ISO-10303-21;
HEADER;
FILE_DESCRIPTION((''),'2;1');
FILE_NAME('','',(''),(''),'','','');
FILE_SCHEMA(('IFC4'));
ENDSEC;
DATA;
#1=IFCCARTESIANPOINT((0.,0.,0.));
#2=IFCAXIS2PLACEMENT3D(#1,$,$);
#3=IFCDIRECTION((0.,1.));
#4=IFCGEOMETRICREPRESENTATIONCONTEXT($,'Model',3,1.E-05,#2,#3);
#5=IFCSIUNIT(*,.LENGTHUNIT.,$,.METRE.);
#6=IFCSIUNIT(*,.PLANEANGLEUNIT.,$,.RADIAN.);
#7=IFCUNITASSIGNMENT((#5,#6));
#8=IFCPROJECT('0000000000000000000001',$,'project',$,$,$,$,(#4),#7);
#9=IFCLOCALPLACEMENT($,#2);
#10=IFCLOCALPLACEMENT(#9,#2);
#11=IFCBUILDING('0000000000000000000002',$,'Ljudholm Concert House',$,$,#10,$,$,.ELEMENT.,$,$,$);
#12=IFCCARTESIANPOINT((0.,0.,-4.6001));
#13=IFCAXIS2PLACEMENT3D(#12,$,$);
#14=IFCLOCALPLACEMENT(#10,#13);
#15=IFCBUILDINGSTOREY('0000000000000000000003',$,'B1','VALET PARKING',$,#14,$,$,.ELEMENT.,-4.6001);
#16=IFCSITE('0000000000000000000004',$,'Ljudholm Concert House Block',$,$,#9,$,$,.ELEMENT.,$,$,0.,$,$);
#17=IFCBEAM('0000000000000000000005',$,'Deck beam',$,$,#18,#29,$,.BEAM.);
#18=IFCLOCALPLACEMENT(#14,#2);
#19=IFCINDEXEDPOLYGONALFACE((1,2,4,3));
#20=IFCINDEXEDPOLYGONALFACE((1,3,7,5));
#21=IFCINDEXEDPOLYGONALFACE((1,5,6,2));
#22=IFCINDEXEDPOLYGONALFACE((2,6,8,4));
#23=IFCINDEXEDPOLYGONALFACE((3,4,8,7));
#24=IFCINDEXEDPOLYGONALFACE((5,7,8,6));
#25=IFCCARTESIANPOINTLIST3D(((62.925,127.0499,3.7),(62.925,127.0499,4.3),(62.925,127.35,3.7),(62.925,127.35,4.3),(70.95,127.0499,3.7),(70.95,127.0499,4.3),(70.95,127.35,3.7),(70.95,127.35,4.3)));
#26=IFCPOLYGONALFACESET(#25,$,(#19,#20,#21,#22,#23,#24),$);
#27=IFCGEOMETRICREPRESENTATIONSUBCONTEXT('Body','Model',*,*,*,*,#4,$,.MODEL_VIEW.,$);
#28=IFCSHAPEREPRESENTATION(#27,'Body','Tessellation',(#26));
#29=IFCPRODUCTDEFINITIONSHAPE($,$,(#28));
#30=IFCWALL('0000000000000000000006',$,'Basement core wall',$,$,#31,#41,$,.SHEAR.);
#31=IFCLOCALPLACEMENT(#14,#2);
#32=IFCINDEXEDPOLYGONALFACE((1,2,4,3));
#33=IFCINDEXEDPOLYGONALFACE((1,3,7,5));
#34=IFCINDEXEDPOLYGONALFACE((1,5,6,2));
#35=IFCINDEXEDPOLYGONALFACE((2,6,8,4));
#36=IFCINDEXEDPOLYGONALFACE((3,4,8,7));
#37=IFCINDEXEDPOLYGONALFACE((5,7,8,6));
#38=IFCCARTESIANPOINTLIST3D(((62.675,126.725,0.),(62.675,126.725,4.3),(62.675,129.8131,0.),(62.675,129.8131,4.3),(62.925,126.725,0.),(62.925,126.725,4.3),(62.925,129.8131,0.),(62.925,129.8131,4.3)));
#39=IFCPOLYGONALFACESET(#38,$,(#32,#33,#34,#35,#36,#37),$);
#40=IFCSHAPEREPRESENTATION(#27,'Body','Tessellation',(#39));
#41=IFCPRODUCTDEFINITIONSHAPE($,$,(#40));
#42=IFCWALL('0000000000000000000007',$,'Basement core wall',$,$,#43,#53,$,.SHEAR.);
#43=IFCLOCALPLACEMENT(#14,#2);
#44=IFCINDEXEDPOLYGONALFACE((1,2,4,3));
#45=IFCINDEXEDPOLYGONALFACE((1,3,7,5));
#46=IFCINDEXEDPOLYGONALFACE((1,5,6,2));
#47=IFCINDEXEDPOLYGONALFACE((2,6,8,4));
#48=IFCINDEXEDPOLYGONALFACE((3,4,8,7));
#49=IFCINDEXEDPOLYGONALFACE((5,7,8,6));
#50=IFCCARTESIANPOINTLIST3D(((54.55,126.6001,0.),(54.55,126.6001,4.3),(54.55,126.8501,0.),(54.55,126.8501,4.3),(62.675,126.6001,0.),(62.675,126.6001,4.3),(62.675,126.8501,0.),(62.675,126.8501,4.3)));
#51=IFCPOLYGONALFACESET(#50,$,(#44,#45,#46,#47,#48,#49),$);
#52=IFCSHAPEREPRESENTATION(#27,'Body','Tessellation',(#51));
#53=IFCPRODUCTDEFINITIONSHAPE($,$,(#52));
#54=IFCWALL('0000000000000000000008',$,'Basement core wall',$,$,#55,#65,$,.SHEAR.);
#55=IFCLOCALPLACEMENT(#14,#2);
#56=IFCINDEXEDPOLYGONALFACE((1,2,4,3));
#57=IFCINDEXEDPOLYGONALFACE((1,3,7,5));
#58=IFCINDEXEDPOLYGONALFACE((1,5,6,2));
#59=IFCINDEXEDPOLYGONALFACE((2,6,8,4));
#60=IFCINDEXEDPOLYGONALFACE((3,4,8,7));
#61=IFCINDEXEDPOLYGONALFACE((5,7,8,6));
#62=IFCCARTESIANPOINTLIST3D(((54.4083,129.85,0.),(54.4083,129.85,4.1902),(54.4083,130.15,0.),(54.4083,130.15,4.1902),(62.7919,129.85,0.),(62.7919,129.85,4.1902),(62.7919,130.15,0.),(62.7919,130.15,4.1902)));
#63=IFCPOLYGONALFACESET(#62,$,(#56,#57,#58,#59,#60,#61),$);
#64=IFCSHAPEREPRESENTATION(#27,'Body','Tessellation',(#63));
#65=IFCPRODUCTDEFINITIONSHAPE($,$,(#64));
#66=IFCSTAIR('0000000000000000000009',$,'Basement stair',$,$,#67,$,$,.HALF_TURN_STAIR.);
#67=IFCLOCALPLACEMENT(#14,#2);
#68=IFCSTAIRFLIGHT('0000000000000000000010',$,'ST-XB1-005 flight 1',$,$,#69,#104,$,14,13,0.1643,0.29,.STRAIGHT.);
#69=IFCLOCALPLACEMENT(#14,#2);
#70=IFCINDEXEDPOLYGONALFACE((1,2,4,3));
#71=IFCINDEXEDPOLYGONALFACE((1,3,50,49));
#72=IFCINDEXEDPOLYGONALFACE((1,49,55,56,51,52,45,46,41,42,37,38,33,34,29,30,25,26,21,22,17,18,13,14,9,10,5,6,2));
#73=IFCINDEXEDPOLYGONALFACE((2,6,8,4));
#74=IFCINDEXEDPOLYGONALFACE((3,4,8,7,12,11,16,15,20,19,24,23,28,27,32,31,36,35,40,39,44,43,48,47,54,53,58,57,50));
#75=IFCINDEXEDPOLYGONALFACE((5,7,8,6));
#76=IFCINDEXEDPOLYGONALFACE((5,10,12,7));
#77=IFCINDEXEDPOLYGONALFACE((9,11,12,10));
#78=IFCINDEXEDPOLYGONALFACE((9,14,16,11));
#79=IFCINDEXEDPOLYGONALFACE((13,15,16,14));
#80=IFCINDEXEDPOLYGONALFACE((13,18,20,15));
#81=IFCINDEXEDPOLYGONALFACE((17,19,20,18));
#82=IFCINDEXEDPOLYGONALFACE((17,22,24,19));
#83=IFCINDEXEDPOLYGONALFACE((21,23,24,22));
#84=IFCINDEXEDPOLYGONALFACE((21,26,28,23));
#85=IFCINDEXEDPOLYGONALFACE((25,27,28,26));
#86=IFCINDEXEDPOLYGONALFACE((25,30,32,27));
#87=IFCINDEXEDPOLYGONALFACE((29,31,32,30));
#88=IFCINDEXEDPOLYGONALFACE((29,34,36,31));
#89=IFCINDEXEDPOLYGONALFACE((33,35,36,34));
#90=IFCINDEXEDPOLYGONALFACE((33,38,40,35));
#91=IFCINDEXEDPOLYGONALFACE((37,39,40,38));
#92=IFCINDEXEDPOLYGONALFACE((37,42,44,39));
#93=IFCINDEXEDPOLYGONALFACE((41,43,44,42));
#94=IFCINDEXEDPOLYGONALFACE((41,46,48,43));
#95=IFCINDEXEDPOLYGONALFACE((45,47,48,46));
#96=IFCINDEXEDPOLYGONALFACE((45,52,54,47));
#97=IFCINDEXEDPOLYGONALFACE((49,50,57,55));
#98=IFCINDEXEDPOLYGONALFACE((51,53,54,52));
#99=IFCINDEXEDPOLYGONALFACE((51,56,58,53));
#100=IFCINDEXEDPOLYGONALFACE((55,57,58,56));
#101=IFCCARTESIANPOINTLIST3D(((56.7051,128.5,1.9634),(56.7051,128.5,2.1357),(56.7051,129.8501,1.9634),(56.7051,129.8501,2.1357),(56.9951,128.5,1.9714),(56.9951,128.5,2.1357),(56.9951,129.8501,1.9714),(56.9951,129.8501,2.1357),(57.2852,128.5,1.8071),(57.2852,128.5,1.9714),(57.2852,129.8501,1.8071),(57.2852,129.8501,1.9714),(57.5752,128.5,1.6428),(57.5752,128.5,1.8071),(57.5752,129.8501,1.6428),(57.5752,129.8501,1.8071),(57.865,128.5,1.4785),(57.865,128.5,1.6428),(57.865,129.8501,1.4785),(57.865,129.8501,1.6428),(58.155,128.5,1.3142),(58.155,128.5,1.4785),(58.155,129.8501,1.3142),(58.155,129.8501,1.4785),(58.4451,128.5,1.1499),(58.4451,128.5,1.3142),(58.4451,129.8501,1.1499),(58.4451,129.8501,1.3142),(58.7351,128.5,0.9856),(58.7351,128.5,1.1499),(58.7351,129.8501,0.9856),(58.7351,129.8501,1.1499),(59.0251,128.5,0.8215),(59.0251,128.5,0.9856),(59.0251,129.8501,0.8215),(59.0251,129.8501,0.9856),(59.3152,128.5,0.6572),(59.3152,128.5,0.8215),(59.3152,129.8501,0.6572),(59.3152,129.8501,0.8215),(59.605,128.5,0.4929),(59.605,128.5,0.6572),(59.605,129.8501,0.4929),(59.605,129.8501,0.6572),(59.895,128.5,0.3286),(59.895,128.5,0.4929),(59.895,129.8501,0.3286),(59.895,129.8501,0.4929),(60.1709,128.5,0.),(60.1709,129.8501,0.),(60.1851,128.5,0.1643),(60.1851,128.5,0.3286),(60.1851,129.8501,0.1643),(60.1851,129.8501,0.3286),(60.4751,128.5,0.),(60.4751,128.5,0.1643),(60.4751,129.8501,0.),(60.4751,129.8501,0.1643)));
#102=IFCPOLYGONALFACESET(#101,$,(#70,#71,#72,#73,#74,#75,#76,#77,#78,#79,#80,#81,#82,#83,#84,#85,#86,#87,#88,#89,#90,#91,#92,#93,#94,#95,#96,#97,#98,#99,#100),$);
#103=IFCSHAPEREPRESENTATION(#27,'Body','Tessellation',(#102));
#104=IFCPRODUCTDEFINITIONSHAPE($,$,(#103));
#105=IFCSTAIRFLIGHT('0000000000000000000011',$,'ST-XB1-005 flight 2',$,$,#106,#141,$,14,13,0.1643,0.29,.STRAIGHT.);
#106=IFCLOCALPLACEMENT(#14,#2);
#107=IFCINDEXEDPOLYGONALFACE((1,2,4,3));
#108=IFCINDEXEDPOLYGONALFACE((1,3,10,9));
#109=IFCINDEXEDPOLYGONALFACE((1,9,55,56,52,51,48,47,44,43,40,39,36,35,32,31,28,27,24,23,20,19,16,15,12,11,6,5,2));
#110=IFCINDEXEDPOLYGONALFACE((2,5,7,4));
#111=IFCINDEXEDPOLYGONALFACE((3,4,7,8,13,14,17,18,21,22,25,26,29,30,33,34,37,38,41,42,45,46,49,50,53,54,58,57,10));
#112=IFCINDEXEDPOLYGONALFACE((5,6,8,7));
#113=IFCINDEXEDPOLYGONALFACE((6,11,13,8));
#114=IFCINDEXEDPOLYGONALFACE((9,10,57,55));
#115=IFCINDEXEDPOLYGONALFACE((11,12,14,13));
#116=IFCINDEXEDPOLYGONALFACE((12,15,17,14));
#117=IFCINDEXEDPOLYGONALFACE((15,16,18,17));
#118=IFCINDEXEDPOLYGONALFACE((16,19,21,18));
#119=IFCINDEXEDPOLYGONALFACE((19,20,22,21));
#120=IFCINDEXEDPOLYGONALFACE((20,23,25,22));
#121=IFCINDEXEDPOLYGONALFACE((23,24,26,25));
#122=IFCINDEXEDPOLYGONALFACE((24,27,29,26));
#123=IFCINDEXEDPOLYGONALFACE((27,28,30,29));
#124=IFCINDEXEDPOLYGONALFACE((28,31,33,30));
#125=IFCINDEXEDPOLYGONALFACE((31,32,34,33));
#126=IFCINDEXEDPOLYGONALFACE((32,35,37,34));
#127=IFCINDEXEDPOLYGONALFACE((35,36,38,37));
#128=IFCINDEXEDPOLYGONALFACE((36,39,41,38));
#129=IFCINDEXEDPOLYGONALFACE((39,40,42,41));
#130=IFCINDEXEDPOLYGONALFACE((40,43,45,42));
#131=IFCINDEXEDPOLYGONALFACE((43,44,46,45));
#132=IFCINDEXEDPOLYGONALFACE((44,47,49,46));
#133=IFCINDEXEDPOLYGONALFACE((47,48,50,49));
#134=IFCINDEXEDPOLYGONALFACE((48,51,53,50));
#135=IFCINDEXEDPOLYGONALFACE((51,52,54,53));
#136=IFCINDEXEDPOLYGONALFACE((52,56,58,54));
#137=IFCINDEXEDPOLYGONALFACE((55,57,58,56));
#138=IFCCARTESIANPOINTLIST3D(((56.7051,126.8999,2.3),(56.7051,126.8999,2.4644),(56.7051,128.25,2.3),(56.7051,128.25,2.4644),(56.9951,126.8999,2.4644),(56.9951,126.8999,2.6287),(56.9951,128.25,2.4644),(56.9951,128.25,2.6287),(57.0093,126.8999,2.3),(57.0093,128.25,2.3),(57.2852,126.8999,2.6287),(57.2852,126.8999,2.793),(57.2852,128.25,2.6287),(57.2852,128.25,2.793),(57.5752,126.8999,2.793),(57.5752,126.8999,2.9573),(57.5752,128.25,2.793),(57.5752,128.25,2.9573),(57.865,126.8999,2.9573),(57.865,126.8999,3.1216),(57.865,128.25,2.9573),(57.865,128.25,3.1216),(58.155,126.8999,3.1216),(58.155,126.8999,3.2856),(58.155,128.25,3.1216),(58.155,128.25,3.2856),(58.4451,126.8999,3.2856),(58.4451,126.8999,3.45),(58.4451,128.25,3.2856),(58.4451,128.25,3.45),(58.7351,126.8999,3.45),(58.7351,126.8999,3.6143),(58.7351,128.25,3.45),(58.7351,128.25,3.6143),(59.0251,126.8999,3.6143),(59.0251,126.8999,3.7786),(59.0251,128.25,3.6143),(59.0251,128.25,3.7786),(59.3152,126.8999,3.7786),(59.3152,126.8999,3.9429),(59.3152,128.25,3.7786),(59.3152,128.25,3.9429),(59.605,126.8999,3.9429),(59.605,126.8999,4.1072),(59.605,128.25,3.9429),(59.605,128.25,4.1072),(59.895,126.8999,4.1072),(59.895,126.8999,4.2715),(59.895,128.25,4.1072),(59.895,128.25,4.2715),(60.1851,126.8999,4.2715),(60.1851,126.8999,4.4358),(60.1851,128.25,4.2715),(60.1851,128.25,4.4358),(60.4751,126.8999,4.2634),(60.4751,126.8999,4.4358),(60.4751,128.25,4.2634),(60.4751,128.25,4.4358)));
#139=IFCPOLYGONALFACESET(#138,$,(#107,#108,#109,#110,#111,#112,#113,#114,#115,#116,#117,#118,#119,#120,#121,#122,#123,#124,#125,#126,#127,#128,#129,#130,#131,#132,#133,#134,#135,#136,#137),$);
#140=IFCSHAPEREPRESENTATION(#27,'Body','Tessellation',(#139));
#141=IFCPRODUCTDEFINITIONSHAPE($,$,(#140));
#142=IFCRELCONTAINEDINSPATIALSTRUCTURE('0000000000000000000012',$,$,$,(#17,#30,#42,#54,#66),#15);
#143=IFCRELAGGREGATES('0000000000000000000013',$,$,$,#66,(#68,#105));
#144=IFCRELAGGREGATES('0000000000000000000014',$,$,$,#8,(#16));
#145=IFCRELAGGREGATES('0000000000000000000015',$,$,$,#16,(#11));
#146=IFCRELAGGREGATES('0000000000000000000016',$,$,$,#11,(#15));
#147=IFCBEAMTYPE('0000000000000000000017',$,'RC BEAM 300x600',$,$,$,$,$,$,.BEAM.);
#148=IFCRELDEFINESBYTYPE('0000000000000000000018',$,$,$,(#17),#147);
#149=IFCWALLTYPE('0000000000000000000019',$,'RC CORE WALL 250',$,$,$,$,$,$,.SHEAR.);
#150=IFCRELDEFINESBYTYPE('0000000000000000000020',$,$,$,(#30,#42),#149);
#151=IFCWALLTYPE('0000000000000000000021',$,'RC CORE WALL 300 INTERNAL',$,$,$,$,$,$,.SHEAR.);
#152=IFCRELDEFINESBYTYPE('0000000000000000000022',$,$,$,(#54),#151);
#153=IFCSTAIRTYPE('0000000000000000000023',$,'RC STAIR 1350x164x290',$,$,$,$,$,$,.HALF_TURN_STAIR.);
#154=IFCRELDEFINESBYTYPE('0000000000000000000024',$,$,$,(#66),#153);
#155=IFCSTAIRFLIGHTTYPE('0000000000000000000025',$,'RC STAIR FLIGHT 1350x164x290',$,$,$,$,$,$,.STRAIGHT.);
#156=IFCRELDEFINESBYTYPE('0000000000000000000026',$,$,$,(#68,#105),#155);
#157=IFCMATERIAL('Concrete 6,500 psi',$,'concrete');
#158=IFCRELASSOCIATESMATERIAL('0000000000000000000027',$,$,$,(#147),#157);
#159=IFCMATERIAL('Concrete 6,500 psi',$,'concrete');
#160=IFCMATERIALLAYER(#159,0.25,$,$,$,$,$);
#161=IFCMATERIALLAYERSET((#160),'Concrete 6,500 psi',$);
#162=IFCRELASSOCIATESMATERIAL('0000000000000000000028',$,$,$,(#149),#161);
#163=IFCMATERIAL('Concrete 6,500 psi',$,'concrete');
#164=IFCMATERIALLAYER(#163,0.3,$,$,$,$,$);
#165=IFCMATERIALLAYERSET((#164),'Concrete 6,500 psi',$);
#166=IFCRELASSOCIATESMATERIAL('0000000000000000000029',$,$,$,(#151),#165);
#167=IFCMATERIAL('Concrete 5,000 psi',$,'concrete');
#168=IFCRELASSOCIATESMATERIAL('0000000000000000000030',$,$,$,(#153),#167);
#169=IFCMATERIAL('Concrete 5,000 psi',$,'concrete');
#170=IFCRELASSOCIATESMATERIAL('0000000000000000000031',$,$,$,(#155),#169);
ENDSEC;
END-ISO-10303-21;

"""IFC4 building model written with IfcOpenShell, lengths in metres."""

from ifc_helpers import new_model, si_unit, direction, frame, frame_2d, origin, origin_2d, place, context, subcontext, project, spatial, polyline, rectangle, outline, extrude, material, layer, layer_set, material_profile, profile_set, type_object, element, aggregate, save


model = new_model("IFC4")

# Units and contexts
model_context = context("Model", 3, precision=1e-05, world=origin(), true_north=direction((0.0, 1.0)))
body_context = subcontext(model_context, "Body", "Model", "MODEL_VIEW")
ifc_project = project(units=[si_unit("LENGTHUNIT", "METRE"), si_unit("PLANEANGLEUNIT", "RADIAN")], contexts=[model_context])

# Site, building, storey
site_placement = place(None, origin())
site = spatial("IfcSite", under=ifc_project, at=site_placement, Name="Ljudholm Concert House Block", CompositionType="ELEMENT", RefElevation=0.0)
building_placement = place(site_placement, origin())
building = spatial("IfcBuilding", under=site, at=building_placement, Name="Ljudholm Concert House", CompositionType="ELEMENT")
storey_placement = place(building_placement, frame((0.0, 0.0, -4.6001)))
storey = spatial("IfcBuildingStorey", under=building, at=storey_placement, Name="B1", Description="VALET PARKING", CompositionType="ELEMENT", Elevation=-4.6001)

# Beam
ifc_material_1 = material(Name="Concrete 6,500 psi", Category="concrete")
ifc_material_profile_1 = material_profile(ifc_material_1, rectangle(XDim=0.3, YDim=0.6001, at=origin_2d()), Name="RC BEAM 300x600")
ifc_profile_set_1 = profile_set([ifc_material_profile_1], Name="Concrete 6,500 psi")
beam_type = type_object("IfcBeamType", Name="RC BEAM 300x600", PredefinedType="BEAM", material=ifc_profile_set_1)
beam_1_placement = place(storey_placement, frame((62.925, 127.2, 4.0), z_axis=(1.0, 0.0, 0.0), x_axis=(0.0, 1.0, 0.0)))
element("IfcBeam", 1, at=beam_1_placement, inside=storey, type_object=beam_type, Name="Deck beam", PredefinedType="BEAM", context=body_context, shape_type="SweptSolid", body=[
    extrude(rectangle(XDim=0.3, YDim=0.6001, at=origin_2d()), origin(), (0.0, 0.0, 1.0), 8.0249),
])

# Walls
ifc_material_2 = material(Name="Concrete 6,500 psi", Category="concrete")
ifc_layer_1 = layer(ifc_material_2, 0.25)
ifc_layer_set_1 = layer_set([ifc_layer_1], Name="Concrete 6,500 psi")
wall_type_1 = type_object("IfcWallType", Name="RC CORE WALL 250", PredefinedType="SHEAR", material=ifc_layer_set_1)
wall_1_placement = place(storey_placement, frame((62.8, 126.7251, 0.0), z_axis=(0.0, 0.0, 1.0), x_axis=(0.0, 1.0, 0.0)))
element("IfcWall", 2, at=wall_1_placement, inside=storey, type_object=wall_type_1, Name="Basement core wall", PredefinedType="SHEAR", context=body_context, shape_type="SweptSolid", body=[
    extrude(rectangle(XDim=3.0881, YDim=0.25, at=frame_2d((1.5439, 0.0))), origin(), (0.0, 0.0, 1.0), 4.3),
])
wall_2_placement = place(storey_placement, frame((54.55, 126.7251, 0.0), z_axis=(0.0, 0.0, 1.0), x_axis=(1.0, 0.0, 0.0)))
element("IfcWall", 3, at=wall_2_placement, inside=storey, type_object=wall_type_1, Name="Basement core wall", PredefinedType="SHEAR", context=body_context, shape_type="SweptSolid", body=[
    extrude(rectangle(XDim=8.125, YDim=0.25, at=frame_2d((4.0625, 0.0))), origin(), (0.0, 0.0, 1.0), 4.3),
])
ifc_material_3 = material(Name="Concrete 6,500 psi", Category="concrete")
ifc_layer_2 = layer(ifc_material_3, 0.3)
ifc_layer_set_2 = layer_set([ifc_layer_2], Name="Concrete 6,500 psi")
wall_type_2 = type_object("IfcWallType", Name="RC CORE WALL 300 INTERNAL", PredefinedType="SHEAR", material=ifc_layer_set_2)
wall_3_placement = place(storey_placement, frame((54.4082, 130.0, 0.0), z_axis=(0.0, 0.0, 1.0), x_axis=(1.0, 0.0, 0.0)))
element("IfcWall", 4, at=wall_3_placement, inside=storey, type_object=wall_type_2, Name="Basement core wall", PredefinedType="SHEAR", context=body_context, shape_type="SweptSolid", body=[
    extrude(rectangle(XDim=8.3835, YDim=0.3, at=frame_2d((4.1919, 0.0))), origin(), (0.0, 0.0, 1.0), 4.1902),
])

# Stair, stair flights
ifc_material_4 = material(Name="Concrete 5,000 psi", Category="concrete")
stair_type = type_object("IfcStairType", Name="RC STAIR 1350x164x290", PredefinedType="HALF_TURN_STAIR", material=ifc_material_4)
stair_placement = place(storey_placement, origin())
stair = element("IfcStair", 5, at=stair_placement, inside=storey, type_object=stair_type, Name="Basement stair", PredefinedType="HALF_TURN_STAIR")
ifc_material_5 = material(Name="Concrete 5,000 psi", Category="concrete")
stair_flight_type = type_object("IfcStairFlightType", Name="RC STAIR FLIGHT 1350x164x290", PredefinedType="STRAIGHT", material=ifc_material_5)
stair_flight_1_placement = place(storey_placement, frame((60.4751, 129.175, 0.0), z_axis=(0.0, 0.0, 1.0), x_axis=(-1.0, 0.0, 0.0)))
stair_flight_1 = element("IfcStairFlight", 6, at=stair_flight_1_placement, type_object=stair_flight_type, Name="ST-XB1-005 flight 1", NumberOfRisers=14, NumberOfTreads=13, PredefinedType="STRAIGHT", RiserHeight=0.1643, TreadLength=0.29, context=body_context, shape_type="SweptSolid", body=[
    extrude(outline(polyline([(0.0, 0.0), (0.0, 0.1643), (0.29, 0.1643), (0.29, 0.3286), (0.5801, 0.3286), (0.5801, 0.4929), (0.8701, 0.4929), (0.8701, 0.6572), (1.1599, 0.6572), (1.1599, 0.8215), (1.45, 0.8215), (1.45, 0.9856), (1.74, 0.9856), (1.74, 1.1499), (2.03, 1.1499), (2.03, 1.3142), (2.3201, 1.3142), (2.3201, 1.4785), (2.6101, 1.4785), (2.6101, 1.6428), (2.8999, 1.6428), (2.8999, 1.8071), (3.1899, 1.8071), (3.1899, 1.9714), (3.48, 1.9714), (3.48, 2.1357), (3.77, 2.1357), (3.77, 2.3), (3.77, 1.9634), (0.3042, 0.0), (0.0, 0.0)])), frame((0.0, 0.675, 0.0), z_axis=(0.0, -1.0, 0.0), x_axis=(1.0, 0.0, 0.0)), (0.0, 0.0, 1.0), 1.3501),
])
stair_flight_2_placement = place(storey_placement, frame((56.7051, 127.575, 2.3), z_axis=(0.0, 0.0, 1.0), x_axis=(1.0, 0.0, 0.0)))
stair_flight_2 = element("IfcStairFlight", 7, at=stair_flight_2_placement, type_object=stair_flight_type, Name="ST-XB1-005 flight 2", NumberOfRisers=14, NumberOfTreads=13, PredefinedType="STRAIGHT", RiserHeight=0.1643, TreadLength=0.29, context=body_context, shape_type="SweptSolid", body=[
    extrude(outline(polyline([(0.0, 0.0), (0.0, 0.1643), (0.29, 0.1643), (0.29, 0.3286), (0.5801, 0.3286), (0.5801, 0.4929), (0.8701, 0.4929), (0.8701, 0.6572), (1.1599, 0.6572), (1.1599, 0.8215), (1.45, 0.8215), (1.45, 0.9856), (1.74, 0.9856), (1.74, 1.1499), (2.03, 1.1499), (2.03, 1.3142), (2.3201, 1.3142), (2.3201, 1.4785), (2.6101, 1.4785), (2.6101, 1.6428), (2.8999, 1.6428), (2.8999, 1.8071), (3.1899, 1.8071), (3.1899, 1.9714), (3.48, 1.9714), (3.48, 2.1357), (3.77, 2.1357), (3.77, 2.3), (3.77, 1.9634), (0.3042, 0.0), (0.0, 0.0)])), frame((0.0, 0.675, 0.0), z_axis=(0.0, -1.0, 0.0), x_axis=(1.0, 0.0, 0.0)), (0.0, 0.0, 1.0), 1.3501),
])
aggregate(stair, [stair_flight_1, stair_flight_2])

save(model, "model.ifc")
